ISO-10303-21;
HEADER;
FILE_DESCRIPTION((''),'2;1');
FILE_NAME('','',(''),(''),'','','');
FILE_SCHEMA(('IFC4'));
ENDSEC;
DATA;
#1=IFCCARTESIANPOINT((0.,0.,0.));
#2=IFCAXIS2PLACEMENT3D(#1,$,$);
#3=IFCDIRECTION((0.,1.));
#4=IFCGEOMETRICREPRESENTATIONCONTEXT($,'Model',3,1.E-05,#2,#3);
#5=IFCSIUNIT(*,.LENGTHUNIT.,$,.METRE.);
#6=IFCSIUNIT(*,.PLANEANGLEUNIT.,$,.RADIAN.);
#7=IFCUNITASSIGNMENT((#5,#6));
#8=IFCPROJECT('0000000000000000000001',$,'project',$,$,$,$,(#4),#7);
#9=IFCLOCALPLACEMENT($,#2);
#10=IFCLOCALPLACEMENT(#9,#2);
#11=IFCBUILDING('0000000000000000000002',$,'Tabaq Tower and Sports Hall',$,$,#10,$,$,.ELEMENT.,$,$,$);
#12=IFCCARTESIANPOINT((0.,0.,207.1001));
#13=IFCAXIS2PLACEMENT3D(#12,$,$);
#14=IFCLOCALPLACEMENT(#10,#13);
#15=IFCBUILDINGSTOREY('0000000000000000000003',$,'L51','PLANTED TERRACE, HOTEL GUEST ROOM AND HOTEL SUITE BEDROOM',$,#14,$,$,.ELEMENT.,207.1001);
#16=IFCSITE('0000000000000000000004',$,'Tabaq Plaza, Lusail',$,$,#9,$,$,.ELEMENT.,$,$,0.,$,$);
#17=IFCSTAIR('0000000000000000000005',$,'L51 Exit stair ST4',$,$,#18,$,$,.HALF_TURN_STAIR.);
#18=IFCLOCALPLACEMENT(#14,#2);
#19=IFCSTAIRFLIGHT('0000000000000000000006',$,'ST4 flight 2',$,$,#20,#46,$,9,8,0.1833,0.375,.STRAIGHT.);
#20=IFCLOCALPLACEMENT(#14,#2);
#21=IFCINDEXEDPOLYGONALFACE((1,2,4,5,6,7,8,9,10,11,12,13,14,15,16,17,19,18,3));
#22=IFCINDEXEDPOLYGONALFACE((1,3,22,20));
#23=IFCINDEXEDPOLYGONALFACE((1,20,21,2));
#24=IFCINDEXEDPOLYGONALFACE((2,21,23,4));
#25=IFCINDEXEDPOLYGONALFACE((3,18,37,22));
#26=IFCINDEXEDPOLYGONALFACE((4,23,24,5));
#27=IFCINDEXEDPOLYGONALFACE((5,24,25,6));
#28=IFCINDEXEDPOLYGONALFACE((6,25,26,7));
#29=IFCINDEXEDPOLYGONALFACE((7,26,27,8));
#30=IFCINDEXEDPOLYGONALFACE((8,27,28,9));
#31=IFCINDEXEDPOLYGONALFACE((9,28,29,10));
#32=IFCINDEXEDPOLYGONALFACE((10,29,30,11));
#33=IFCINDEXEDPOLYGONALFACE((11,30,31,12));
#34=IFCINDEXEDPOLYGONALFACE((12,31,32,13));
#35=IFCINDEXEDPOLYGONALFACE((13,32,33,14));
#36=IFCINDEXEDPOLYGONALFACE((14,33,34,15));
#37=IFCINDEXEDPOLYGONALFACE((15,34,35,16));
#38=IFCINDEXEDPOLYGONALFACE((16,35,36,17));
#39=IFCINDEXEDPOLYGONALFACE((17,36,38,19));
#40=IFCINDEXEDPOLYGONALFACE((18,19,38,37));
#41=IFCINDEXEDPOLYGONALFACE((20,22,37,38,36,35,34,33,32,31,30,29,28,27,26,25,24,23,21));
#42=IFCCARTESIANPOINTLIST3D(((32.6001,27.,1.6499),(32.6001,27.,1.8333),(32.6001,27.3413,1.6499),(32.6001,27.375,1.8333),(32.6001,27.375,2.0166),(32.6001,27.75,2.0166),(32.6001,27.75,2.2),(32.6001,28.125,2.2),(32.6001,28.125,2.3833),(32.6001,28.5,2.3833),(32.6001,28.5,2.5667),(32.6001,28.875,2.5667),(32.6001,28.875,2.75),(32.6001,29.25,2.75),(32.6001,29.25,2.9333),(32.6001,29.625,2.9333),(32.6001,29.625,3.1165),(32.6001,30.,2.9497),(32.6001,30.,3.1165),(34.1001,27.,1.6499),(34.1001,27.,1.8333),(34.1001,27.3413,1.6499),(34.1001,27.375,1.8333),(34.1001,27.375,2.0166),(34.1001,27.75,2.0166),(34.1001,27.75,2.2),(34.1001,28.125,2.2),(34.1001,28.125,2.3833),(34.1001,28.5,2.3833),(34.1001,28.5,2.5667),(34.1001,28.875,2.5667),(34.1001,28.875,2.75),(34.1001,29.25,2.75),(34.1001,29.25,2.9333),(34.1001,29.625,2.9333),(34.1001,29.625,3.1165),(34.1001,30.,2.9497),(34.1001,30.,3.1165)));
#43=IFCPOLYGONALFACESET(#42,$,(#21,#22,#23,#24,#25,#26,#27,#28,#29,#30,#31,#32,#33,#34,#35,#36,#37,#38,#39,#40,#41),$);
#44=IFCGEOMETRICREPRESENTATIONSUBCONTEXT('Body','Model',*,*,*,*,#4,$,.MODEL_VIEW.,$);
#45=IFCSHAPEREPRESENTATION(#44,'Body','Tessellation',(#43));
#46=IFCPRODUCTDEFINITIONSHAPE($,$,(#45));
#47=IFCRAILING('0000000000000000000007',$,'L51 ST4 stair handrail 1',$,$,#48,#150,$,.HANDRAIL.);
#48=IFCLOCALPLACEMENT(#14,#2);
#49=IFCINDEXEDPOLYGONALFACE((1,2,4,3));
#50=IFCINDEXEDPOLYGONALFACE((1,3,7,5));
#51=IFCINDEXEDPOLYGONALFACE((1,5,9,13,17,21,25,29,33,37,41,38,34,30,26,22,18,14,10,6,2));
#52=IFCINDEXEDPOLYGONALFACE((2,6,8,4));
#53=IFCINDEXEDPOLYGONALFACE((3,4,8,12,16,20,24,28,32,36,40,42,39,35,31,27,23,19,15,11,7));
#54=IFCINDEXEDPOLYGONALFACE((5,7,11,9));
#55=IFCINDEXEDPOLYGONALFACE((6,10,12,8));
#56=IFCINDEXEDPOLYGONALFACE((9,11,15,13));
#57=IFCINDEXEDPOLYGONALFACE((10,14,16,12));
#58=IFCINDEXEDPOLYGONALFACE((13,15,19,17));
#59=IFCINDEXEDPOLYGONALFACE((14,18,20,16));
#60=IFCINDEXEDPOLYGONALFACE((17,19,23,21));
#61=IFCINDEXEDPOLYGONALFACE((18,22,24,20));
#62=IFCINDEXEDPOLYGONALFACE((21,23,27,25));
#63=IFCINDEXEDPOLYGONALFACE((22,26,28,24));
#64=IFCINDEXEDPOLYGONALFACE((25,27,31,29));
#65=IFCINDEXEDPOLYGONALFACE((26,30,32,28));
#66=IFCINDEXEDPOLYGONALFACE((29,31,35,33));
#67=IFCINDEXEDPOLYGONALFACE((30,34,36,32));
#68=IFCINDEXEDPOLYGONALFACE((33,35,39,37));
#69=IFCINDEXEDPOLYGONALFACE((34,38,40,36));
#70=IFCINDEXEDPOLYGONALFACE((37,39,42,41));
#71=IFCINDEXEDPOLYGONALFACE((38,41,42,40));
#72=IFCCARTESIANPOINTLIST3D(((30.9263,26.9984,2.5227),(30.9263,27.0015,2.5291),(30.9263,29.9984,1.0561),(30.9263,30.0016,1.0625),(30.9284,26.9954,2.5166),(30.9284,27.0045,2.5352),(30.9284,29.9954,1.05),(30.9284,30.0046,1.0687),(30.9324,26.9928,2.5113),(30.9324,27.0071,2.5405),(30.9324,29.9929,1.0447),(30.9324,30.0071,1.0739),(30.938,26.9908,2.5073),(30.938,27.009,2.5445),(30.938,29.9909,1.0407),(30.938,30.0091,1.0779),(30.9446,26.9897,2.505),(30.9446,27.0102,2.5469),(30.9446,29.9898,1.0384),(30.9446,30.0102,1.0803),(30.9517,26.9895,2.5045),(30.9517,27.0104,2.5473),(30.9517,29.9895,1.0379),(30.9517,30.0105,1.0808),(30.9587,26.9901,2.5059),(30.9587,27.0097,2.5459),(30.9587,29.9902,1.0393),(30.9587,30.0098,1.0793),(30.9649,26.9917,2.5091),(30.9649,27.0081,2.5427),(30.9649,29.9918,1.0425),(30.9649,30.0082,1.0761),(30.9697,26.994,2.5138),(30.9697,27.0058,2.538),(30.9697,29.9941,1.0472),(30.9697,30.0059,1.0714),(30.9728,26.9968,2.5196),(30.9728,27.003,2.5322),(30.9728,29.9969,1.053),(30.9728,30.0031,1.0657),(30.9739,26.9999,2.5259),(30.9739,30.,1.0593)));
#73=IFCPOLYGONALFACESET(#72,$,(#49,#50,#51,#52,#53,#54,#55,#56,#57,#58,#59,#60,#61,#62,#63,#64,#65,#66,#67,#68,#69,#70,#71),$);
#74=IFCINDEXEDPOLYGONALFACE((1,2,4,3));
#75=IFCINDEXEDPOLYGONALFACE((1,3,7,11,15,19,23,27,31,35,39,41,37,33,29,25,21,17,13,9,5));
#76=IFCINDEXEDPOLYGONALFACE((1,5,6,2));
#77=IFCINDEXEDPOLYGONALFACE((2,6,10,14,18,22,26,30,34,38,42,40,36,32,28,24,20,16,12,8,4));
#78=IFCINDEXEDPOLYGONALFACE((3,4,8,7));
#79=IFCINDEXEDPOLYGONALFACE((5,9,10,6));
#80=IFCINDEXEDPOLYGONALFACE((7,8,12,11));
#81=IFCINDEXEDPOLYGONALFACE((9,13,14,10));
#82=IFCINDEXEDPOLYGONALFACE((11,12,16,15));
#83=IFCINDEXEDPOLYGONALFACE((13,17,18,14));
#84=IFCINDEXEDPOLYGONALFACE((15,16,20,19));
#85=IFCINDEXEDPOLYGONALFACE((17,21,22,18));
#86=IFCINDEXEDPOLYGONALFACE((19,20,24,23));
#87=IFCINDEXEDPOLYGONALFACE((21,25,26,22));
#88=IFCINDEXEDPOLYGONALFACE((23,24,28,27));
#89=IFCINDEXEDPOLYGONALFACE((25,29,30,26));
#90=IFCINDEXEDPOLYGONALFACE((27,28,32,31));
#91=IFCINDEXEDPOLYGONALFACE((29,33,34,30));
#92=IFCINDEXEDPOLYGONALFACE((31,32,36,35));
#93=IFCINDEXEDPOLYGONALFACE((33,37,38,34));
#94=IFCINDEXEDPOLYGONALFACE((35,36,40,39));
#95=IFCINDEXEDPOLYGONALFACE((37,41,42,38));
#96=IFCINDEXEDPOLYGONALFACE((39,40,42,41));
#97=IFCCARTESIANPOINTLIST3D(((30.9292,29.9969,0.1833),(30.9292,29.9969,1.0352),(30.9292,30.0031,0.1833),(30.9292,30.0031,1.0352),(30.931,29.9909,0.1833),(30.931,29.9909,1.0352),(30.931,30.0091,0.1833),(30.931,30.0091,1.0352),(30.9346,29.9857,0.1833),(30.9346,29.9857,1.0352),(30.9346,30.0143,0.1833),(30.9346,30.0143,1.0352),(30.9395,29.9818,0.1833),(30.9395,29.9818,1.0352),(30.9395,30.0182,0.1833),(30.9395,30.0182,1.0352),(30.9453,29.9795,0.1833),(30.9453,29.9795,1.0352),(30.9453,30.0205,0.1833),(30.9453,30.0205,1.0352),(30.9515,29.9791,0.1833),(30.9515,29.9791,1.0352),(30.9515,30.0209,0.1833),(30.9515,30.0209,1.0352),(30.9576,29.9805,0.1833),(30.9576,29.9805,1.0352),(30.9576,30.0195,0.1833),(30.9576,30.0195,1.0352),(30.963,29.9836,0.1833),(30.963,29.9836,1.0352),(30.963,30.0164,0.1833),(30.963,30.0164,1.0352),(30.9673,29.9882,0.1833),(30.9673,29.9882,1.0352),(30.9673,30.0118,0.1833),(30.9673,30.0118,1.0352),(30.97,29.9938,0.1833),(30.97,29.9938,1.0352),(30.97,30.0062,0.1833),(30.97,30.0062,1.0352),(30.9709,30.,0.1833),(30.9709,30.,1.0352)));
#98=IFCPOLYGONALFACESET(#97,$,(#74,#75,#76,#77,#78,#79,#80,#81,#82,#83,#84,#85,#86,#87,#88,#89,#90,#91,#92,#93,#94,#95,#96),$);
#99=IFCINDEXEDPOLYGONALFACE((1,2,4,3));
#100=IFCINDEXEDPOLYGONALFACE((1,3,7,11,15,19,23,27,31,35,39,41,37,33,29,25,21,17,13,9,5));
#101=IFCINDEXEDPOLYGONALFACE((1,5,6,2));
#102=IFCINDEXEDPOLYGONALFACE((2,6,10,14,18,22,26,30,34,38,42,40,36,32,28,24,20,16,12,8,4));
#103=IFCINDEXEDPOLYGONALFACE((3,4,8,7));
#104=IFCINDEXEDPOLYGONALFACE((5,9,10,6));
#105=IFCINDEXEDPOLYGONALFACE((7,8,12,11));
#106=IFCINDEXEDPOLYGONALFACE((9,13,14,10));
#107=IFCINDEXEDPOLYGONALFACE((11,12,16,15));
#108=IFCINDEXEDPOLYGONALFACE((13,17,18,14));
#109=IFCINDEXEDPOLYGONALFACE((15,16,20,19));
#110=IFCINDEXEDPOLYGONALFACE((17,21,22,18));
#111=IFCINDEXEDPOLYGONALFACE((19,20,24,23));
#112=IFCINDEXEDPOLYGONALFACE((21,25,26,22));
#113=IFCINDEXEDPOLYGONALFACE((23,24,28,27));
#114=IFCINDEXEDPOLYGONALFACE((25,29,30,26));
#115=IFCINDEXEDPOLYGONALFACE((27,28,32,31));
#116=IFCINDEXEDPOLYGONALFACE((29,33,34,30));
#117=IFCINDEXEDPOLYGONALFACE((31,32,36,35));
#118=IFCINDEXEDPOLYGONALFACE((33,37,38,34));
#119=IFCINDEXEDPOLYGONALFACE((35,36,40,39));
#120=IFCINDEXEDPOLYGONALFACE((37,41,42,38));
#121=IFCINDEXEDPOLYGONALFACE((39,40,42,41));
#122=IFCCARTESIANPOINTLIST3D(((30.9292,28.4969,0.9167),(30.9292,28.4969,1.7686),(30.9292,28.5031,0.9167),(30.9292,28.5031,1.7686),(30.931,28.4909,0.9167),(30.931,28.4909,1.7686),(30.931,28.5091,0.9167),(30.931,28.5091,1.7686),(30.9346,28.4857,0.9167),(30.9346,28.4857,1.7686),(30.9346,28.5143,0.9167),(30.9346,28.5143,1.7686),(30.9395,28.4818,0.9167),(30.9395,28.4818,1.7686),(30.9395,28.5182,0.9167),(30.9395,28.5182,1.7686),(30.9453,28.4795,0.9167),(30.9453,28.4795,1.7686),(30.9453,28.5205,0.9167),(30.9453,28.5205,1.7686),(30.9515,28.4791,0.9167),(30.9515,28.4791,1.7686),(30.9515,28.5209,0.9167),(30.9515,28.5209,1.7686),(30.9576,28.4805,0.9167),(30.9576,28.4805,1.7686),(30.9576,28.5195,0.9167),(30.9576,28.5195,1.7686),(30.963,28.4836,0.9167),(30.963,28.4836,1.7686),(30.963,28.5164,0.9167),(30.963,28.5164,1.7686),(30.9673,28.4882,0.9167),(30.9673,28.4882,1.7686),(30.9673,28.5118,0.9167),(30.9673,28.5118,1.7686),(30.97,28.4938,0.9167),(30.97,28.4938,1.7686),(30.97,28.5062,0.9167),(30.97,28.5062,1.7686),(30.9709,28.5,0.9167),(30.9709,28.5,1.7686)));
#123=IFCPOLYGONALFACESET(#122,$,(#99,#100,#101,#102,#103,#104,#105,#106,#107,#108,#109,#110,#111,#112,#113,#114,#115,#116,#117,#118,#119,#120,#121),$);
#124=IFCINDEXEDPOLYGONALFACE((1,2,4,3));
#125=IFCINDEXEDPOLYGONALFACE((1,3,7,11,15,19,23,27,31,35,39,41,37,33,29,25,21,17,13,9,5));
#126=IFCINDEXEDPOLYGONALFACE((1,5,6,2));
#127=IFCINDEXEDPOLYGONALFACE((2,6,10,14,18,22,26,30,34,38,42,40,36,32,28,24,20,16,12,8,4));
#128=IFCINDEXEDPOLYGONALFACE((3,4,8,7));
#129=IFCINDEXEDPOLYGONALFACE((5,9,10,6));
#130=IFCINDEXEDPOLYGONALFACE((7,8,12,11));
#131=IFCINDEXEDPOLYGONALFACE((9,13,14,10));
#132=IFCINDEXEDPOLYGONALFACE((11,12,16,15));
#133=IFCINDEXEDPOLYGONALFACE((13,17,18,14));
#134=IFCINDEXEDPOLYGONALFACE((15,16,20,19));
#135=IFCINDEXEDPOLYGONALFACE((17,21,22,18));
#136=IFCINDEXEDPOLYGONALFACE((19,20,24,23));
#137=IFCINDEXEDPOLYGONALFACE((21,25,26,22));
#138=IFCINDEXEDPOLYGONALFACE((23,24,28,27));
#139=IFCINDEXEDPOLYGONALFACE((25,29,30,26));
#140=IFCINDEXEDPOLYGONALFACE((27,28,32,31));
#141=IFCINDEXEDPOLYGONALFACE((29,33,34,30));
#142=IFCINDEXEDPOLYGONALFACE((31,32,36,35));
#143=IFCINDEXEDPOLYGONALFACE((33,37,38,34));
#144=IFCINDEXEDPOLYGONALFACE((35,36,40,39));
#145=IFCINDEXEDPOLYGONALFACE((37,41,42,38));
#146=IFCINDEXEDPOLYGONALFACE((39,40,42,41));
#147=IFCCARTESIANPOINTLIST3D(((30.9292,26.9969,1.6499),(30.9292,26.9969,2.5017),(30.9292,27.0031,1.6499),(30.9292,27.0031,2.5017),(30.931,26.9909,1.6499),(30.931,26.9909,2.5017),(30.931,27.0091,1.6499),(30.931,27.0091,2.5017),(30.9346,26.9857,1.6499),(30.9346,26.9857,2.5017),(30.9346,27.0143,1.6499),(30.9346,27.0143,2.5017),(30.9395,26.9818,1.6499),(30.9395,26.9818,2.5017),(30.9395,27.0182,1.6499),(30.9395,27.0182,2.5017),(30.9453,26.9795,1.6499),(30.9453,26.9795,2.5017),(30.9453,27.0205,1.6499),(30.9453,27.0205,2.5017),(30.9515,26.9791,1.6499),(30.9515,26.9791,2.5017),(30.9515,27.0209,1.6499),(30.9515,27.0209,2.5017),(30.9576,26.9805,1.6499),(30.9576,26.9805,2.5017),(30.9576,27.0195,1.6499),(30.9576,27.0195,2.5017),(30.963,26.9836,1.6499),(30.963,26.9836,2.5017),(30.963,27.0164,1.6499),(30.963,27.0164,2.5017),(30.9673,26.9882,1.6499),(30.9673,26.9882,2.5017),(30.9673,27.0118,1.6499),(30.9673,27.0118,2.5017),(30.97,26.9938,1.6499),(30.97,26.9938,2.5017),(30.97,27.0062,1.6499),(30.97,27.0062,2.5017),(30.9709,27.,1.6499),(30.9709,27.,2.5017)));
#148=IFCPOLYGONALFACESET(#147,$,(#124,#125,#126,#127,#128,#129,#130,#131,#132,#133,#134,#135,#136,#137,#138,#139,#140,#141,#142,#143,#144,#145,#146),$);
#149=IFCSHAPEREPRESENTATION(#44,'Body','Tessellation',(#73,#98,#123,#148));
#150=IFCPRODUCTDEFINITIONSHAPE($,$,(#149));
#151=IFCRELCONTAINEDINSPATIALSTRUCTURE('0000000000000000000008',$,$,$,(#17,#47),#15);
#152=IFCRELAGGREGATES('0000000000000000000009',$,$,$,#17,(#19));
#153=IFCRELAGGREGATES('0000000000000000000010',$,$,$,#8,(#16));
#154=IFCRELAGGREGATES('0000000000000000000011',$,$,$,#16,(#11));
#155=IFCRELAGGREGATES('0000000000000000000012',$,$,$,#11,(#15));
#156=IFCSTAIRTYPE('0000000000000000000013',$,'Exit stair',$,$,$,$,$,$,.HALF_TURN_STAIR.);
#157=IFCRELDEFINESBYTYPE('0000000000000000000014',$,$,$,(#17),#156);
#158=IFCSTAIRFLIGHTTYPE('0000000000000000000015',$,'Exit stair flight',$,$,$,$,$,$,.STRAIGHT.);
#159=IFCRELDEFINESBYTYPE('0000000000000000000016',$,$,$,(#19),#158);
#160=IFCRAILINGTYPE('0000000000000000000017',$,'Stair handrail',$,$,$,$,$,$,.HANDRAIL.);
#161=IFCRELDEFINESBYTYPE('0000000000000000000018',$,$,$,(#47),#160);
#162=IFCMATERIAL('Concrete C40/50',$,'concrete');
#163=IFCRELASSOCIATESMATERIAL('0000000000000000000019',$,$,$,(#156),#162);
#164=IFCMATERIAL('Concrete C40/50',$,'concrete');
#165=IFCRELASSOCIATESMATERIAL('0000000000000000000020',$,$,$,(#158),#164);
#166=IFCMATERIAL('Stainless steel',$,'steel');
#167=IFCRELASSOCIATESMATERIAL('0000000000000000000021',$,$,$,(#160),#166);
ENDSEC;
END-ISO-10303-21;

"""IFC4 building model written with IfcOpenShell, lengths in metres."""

from ifc_helpers import new_model, si_unit, direction, frame, origin, origin_2d, place, context, subcontext, project, spatial, polyline, circle, outline, extrude, material, type_object, element, aggregate, save


model = new_model("IFC4")

# Units and contexts
model_context = context("Model", 3, precision=1e-05, world=origin(), true_north=direction((0.0, 1.0)))
body_context = subcontext(model_context, "Body", "Model", "MODEL_VIEW")
ifc_project = project(units=[si_unit("LENGTHUNIT", "METRE"), si_unit("PLANEANGLEUNIT", "RADIAN")], contexts=[model_context])

# Site, building, storey
site_placement = place(None, origin())
site = spatial("IfcSite", under=ifc_project, at=site_placement, Name="Tabaq Plaza, Lusail", CompositionType="ELEMENT", RefElevation=0.0)
building_placement = place(site_placement, origin())
building = spatial("IfcBuilding", under=site, at=building_placement, Name="Tabaq Tower and Sports Hall", CompositionType="ELEMENT")
storey_placement = place(building_placement, frame((0.0, 0.0, 207.1001)))
storey = spatial("IfcBuildingStorey", under=building, at=storey_placement, Name="L51", Description="PLANTED TERRACE, HOTEL GUEST ROOM AND HOTEL SUITE BEDROOM", CompositionType="ELEMENT", Elevation=207.1001)

# Stair, stair flight
ifc_material_1 = material(Name="Concrete C40/50", Category="concrete")
stair_type = type_object("IfcStairType", Name="Exit stair", PredefinedType="HALF_TURN_STAIR", material=ifc_material_1)
stair_placement = place(storey_placement, origin())
stair = element("IfcStair", 1, at=stair_placement, inside=storey, type_object=stair_type, Name="L51 Exit stair ST4", PredefinedType="HALF_TURN_STAIR")
ifc_material_2 = material(Name="Concrete C40/50", Category="concrete")
stair_flight_type = type_object("IfcStairFlightType", Name="Exit stair flight", PredefinedType="STRAIGHT", material=ifc_material_2)
stair_flight_1_placement = place(storey_placement, frame((33.3501, 27.0, 1.6499), z_axis=(0.0, 0.0, 1.0), x_axis=(0.0, 1.0, 0.0)))
stair_flight_1 = element("IfcStairFlight", 2, at=stair_flight_1_placement, type_object=stair_flight_type, Name="ST4 flight 2", NumberOfRisers=9, NumberOfTreads=8, PredefinedType="STRAIGHT", RiserHeight=0.1833, TreadLength=0.375, context=body_context, shape_type="SweptSolid", body=[
    extrude(outline(polyline([(0.0, 0.0), (0.0, 0.1833), (0.375, 0.1833), (0.375, 0.3667), (0.75, 0.3667), (0.75, 0.55), (1.125, 0.55), (1.125, 0.7334), (1.5, 0.7334), (1.5, 0.9167), (1.875, 0.9167), (1.875, 1.1001), (2.25, 1.1001), (2.25, 1.2834), (2.625, 1.2834), (2.625, 1.4666), (3.0, 1.4666), (3.0, 1.6499), (3.0, 1.2998), (0.3413, 0.0), (0.0, 0.0)])), frame((0.0, 0.75, 0.0), z_axis=(0.0, -1.0, 0.0), x_axis=(1.0, 0.0, 0.0)), (0.0, 0.0, 1.0), 1.5),
])
aggregate(stair, [stair_flight_1])

# Railing
ifc_material_3 = material(Name="Stainless steel", Category="steel")
railing_type_1 = type_object("IfcRailingType", Name="Stair handrail", PredefinedType="HANDRAIL", material=ifc_material_3)
railing_1_placement = place(storey_placement, frame((30.95, 30.0, 0.1833)))
element("IfcRailing", 3, at=railing_1_placement, inside=storey, type_object=railing_type_1, Name="L51 ST4 stair handrail 1", PredefinedType="HANDRAIL", context=body_context, shape_type="SweptSolid", body=[
    extrude(circle(Radius=0.0239, at=origin_2d()), frame((0.0, 0.0, 0.876), z_axis=(0.0, -0.898398, 0.439183), x_axis=(1.0, 0.0, 0.0)), (0.0, 0.0, 1.0), 3.3394),
    extrude(circle(Radius=0.021, at=origin_2d()), origin(), (0.0, 0.0, 1.0), 0.8518),
    extrude(circle(Radius=0.021, at=origin_2d()), frame((0.0, -1.5, 0.7334)), (0.0, 0.0, 1.0), 0.8518),
    extrude(circle(Radius=0.021, at=origin_2d()), frame((0.0, -3.0, 1.4666)), (0.0, 0.0, 1.0), 0.8518),
])

save(model, "model.ifc")
